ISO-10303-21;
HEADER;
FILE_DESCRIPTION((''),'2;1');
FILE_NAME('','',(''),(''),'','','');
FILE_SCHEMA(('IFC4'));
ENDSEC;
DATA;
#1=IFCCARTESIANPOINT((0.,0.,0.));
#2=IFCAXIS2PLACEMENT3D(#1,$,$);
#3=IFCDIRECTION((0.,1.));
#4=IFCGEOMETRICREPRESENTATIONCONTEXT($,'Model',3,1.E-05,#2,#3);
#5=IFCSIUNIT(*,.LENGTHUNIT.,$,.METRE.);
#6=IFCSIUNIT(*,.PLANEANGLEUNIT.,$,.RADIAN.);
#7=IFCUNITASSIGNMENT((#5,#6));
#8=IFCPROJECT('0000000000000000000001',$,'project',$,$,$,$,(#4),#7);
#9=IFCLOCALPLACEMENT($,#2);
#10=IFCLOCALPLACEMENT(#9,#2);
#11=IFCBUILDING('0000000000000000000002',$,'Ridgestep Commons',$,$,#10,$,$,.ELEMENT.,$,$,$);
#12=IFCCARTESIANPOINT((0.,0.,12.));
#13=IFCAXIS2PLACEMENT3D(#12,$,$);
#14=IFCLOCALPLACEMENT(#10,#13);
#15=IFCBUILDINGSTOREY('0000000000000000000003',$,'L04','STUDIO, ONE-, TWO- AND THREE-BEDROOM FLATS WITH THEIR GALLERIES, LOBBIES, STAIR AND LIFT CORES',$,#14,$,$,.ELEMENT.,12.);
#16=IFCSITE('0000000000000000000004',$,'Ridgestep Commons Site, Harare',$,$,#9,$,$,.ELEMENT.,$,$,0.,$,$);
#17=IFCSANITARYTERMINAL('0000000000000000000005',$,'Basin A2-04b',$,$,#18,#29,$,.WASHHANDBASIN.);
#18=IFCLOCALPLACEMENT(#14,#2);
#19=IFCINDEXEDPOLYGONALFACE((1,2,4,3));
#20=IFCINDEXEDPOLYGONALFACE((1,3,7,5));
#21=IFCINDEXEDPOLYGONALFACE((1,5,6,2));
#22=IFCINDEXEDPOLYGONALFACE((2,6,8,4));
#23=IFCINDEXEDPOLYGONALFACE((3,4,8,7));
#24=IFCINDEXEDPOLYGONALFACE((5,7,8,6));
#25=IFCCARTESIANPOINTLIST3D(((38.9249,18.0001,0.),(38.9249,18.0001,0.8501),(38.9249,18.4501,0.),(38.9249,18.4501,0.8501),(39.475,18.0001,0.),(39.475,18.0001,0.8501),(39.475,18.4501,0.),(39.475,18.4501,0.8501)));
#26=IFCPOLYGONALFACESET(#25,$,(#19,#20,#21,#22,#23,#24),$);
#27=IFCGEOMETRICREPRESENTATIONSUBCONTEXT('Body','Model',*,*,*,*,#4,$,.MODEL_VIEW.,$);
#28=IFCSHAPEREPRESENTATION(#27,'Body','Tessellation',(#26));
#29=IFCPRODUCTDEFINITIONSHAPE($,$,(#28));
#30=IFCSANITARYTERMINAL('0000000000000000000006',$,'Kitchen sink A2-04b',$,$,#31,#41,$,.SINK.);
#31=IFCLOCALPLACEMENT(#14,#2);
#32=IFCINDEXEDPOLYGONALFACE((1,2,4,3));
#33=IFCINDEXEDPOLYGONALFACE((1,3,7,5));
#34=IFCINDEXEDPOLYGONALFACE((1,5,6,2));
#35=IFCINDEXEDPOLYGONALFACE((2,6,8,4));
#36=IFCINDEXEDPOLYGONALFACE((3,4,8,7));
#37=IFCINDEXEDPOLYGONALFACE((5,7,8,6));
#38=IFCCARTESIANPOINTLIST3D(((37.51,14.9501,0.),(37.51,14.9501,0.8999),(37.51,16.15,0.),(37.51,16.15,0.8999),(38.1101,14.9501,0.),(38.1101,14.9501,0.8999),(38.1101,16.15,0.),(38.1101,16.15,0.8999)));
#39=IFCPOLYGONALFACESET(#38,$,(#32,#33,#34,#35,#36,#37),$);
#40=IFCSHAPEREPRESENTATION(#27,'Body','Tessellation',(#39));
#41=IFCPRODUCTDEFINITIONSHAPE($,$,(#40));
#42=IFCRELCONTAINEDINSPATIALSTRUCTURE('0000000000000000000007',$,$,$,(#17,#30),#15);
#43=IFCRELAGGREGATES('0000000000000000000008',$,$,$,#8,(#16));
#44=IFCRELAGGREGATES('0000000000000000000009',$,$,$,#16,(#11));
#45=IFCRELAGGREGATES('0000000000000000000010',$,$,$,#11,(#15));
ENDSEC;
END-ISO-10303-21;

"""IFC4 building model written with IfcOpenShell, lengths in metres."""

from ifc_helpers import new_model, si_unit, direction, frame, origin, origin_2d, place, context, subcontext, project, spatial, rectangle, extrude, element, save


model = new_model("IFC4")

# Units and contexts
model_context = context("Model", 3, precision=1e-05, world=origin(), true_north=direction((0.0, 1.0)))
body_context = subcontext(model_context, "Body", "Model", "MODEL_VIEW")
ifc_project = project(units=[si_unit("LENGTHUNIT", "METRE"), si_unit("PLANEANGLEUNIT", "RADIAN")], contexts=[model_context])

# Site, building, storey
site_placement = place(None, origin())
site = spatial("IfcSite", under=ifc_project, at=site_placement, Name="Ridgestep Commons Site, Harare", CompositionType="ELEMENT", RefElevation=0.0)
building_placement = place(site_placement, origin())
building = spatial("IfcBuilding", under=site, at=building_placement, Name="Ridgestep Commons", CompositionType="ELEMENT")
storey_placement = place(building_placement, frame((0.0, 0.0, 12.0)))
storey = spatial("IfcBuildingStorey", under=building, at=storey_placement, Name="L04", Description="STUDIO, ONE-, TWO- AND THREE-BEDROOM FLATS WITH THEIR GALLERIES, LOBBIES, STAIR AND LIFT CORES", CompositionType="ELEMENT", Elevation=12.0)

# Sanitary terminals
sanitary_terminal_1_placement = place(storey_placement, frame((39.2, 18.2251, 0.0), z_axis=(0.0, 0.0, 1.0), x_axis=(1.0, 0.0, 0.0)))
element("IfcSanitaryTerminal", 1, at=sanitary_terminal_1_placement, inside=storey, Name="Basin A2-04b", PredefinedType="WASHHANDBASIN", context=body_context, shape_type="SweptSolid", body=[
    extrude(rectangle(XDim=0.55, YDim=0.45, at=origin_2d()), origin(), (0.0, 0.0, 1.0), 0.8501),
])
sanitary_terminal_2_placement = place(storey_placement, frame((37.8101, 15.55, 0.0), z_axis=(0.0, 0.0, 1.0), x_axis=(1.0, 0.0, 0.0)))
element("IfcSanitaryTerminal", 2, at=sanitary_terminal_2_placement, inside=storey, Name="Kitchen sink A2-04b", PredefinedType="SINK", context=body_context, shape_type="SweptSolid", body=[
    extrude(rectangle(XDim=0.6001, YDim=1.2, at=origin_2d()), origin(), (0.0, 0.0, 1.0), 0.8999),
])

save(model, "model.ifc")
